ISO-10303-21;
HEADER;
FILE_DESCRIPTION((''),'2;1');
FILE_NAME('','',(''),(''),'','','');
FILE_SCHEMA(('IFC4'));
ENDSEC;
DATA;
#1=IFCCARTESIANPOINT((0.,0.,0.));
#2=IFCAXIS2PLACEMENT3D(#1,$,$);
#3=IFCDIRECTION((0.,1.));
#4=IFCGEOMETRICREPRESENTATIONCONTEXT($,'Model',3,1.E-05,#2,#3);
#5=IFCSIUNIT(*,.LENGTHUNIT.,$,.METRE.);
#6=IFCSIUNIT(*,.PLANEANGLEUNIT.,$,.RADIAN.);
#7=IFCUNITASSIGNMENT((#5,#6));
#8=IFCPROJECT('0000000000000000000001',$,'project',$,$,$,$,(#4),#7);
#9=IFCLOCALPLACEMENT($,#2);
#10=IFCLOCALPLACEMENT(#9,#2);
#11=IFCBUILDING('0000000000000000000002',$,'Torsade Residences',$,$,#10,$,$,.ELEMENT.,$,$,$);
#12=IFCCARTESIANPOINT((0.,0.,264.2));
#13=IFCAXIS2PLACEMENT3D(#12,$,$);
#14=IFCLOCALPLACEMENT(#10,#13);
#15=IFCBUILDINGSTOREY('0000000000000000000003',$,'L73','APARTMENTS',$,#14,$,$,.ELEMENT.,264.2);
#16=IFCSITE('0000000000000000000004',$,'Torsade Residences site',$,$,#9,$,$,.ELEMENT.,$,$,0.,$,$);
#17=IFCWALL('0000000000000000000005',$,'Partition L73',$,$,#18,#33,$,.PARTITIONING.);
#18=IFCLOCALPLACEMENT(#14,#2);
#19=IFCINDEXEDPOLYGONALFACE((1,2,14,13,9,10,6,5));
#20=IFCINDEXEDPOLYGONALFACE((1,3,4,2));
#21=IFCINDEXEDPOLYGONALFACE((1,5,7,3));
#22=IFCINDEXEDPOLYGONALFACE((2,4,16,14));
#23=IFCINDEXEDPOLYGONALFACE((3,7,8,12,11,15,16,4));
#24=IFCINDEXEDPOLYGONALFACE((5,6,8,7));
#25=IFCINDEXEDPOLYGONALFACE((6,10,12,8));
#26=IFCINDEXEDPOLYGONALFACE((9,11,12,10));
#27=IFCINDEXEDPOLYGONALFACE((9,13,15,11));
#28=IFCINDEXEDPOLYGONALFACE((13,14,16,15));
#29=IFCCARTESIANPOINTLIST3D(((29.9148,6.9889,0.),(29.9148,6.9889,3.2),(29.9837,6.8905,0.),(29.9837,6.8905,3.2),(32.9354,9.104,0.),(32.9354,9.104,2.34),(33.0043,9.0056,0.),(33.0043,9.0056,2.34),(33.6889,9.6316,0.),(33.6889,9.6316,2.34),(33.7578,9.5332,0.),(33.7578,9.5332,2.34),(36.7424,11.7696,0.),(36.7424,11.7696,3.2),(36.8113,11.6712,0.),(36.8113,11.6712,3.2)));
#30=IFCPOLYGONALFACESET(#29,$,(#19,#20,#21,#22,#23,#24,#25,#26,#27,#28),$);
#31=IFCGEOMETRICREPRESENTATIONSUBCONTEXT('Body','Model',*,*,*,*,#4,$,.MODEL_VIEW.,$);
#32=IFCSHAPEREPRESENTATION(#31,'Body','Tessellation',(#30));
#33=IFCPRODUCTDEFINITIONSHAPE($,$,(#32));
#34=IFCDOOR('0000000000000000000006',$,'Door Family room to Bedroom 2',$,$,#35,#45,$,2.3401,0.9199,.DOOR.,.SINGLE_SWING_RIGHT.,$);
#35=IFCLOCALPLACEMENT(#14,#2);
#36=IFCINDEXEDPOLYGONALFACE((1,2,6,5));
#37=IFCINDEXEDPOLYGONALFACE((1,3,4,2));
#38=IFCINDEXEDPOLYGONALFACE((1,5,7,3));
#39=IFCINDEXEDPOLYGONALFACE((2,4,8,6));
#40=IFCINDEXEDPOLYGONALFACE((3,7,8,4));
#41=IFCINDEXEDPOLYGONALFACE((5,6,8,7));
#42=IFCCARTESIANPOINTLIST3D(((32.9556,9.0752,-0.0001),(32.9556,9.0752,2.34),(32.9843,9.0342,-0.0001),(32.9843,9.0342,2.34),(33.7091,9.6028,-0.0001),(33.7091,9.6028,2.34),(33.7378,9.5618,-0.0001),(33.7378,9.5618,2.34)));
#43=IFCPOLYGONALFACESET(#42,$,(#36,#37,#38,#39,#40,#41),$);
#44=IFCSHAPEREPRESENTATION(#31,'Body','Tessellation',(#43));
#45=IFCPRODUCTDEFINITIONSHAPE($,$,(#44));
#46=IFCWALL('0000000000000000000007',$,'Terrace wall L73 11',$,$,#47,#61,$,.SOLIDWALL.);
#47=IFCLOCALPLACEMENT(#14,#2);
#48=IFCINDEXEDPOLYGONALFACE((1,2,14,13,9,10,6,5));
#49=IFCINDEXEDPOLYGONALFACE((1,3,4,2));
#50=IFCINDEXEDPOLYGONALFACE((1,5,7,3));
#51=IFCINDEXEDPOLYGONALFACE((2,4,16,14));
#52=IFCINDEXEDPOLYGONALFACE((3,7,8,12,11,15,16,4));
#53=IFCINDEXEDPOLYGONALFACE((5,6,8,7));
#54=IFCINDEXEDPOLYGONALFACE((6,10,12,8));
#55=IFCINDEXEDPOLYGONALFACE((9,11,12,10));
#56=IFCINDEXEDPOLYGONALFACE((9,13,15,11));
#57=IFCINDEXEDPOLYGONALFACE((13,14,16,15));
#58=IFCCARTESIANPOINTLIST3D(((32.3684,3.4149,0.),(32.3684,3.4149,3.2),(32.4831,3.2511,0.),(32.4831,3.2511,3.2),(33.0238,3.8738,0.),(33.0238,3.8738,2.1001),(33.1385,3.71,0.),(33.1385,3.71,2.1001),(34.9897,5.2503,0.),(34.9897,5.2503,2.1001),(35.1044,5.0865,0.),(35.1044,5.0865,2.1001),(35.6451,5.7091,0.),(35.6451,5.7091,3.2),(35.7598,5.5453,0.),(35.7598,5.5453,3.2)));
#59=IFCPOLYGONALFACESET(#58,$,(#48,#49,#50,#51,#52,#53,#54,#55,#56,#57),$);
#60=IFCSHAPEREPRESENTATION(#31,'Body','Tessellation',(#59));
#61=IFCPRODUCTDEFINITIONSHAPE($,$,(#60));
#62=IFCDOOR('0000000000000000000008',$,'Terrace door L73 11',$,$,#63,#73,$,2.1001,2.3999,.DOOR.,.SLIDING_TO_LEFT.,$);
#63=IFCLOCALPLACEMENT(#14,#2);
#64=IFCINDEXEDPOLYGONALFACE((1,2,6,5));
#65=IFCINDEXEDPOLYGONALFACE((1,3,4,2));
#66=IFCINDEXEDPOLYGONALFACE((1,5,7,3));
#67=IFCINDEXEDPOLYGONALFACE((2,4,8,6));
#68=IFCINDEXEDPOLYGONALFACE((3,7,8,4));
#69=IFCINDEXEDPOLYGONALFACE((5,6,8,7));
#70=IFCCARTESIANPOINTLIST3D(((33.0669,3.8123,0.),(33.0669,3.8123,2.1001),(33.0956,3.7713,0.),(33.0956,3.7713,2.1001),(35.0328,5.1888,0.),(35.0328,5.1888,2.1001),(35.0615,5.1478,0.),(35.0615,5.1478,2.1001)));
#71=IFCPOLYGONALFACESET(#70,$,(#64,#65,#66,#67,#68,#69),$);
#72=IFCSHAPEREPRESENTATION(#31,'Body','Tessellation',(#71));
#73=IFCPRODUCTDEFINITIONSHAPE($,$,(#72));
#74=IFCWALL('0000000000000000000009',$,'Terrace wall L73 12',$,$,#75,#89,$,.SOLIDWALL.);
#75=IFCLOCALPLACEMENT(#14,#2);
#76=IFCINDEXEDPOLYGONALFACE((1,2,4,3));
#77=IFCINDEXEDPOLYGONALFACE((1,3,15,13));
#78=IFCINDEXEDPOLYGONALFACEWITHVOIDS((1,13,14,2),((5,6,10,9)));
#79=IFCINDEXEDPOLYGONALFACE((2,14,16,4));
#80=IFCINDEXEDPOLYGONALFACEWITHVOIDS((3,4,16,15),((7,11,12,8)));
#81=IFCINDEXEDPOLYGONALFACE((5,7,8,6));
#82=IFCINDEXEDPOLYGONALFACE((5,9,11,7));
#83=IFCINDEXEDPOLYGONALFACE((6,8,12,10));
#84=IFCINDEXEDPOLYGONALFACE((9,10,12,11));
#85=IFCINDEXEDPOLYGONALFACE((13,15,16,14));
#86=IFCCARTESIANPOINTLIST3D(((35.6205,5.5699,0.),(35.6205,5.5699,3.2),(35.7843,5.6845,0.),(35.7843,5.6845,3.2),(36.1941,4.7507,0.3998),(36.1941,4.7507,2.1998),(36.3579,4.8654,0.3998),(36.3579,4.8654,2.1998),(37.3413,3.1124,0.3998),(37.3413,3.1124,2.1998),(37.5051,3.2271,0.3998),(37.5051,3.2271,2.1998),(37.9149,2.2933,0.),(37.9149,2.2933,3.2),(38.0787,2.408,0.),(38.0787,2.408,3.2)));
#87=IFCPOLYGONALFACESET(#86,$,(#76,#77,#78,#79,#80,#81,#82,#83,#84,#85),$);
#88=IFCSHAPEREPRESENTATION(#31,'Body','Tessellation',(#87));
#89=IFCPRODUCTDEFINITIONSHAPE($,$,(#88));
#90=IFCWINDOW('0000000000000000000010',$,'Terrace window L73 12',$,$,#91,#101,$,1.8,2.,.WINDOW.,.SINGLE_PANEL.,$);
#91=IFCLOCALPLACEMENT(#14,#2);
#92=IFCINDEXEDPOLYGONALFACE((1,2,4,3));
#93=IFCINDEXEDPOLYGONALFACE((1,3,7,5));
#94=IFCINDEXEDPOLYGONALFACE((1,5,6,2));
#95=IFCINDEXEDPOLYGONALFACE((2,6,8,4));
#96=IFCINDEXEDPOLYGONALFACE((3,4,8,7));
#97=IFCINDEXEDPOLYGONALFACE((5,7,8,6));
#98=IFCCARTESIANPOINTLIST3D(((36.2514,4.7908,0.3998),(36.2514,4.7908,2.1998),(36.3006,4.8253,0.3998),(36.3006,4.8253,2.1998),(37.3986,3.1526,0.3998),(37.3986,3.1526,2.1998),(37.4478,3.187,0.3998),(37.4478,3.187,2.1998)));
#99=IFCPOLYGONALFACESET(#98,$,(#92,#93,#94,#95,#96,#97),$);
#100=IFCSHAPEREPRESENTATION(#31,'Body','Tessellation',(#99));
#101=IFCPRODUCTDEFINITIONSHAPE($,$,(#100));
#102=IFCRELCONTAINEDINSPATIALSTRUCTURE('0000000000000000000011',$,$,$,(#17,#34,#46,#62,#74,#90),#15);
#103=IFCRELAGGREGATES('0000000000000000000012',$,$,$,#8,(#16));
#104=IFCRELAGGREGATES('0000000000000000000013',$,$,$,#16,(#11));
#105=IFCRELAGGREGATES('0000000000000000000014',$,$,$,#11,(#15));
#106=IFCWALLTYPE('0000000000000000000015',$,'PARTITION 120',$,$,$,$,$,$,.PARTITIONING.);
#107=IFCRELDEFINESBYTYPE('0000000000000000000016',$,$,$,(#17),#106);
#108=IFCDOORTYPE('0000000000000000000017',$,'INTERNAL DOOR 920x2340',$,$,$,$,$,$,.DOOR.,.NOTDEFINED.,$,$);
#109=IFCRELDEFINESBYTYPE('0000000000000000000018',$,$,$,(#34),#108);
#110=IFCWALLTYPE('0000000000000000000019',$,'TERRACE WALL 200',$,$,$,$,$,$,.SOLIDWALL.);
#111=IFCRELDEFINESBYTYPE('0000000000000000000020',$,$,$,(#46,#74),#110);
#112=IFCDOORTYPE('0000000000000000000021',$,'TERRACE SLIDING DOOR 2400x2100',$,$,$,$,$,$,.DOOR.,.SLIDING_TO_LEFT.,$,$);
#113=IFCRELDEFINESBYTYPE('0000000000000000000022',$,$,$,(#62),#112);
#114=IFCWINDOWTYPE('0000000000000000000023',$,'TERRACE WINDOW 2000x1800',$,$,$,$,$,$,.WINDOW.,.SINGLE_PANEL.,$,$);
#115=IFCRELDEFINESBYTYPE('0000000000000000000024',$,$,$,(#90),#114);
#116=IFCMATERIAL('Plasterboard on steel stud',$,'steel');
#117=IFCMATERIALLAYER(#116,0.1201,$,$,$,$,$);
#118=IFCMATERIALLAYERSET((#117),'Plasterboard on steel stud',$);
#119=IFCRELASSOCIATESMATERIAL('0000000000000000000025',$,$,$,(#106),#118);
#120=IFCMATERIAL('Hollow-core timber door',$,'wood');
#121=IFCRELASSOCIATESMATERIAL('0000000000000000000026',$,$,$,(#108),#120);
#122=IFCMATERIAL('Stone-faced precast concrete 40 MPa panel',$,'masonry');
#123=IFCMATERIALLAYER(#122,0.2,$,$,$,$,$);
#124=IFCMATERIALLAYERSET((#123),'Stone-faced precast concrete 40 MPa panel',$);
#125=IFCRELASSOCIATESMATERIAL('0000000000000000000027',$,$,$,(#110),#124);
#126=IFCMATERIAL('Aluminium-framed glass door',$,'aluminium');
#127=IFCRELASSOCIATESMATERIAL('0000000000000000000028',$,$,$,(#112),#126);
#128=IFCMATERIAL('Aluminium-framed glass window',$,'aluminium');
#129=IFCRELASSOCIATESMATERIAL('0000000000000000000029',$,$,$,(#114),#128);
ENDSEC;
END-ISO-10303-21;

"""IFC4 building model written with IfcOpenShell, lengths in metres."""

from ifc_helpers import new_model, si_unit, direction, frame, frame_2d, origin, place, context, subcontext, project, spatial, rectangle, extrude, material, layer, layer_set, type_object, element, fill, save


model = new_model("IFC4")

# Units and contexts
model_context = context("Model", 3, precision=1e-05, world=origin(), true_north=direction((0.0, 1.0)))
body_context = subcontext(model_context, "Body", "Model", "MODEL_VIEW")
ifc_project = project(units=[si_unit("LENGTHUNIT", "METRE"), si_unit("PLANEANGLEUNIT", "RADIAN")], contexts=[model_context])

# Site, building, storey
site_placement = place(None, origin())
site = spatial("IfcSite", under=ifc_project, at=site_placement, Name="Torsade Residences site", CompositionType="ELEMENT", RefElevation=0.0)
building_placement = place(site_placement, origin())
building = spatial("IfcBuilding", under=site, at=building_placement, Name="Torsade Residences", CompositionType="ELEMENT")
storey_placement = place(building_placement, frame((0.0, 0.0, 264.2)))
storey = spatial("IfcBuildingStorey", under=building, at=storey_placement, Name="L73", Description="APARTMENTS", CompositionType="ELEMENT", Elevation=264.2)

# Shared definitions
ifc_material_1 = material(Name="Plasterboard on steel stud", Category="steel")
ifc_layer_1 = layer(ifc_material_1, 0.1201)
ifc_layer_set_1 = layer_set([ifc_layer_1], Name="Plasterboard on steel stud")
wall_type_1 = type_object("IfcWallType", Name="PARTITION 120", PredefinedType="PARTITIONING", material=ifc_layer_set_1)

# Walls, openings, doors
wall_1_placement = place(storey_placement, frame((29.9492, 6.9397, 0.0), z_axis=(0.0, 0.0, 1.0), x_axis=(0.819152, 0.573576, 0.0)))
wall_1 = element("IfcWall", 1, at=wall_1_placement, inside=storey, type_object=wall_type_1, Name="Partition L73", PredefinedType="PARTITIONING", context=body_context, shape_type="SweptSolid", body=[
    extrude(rectangle(XDim=8.335, YDim=0.1201, at=frame_2d((4.1675, 0.0))), origin(), (0.0, 0.0, 1.0), 3.2),
])
opening_1_placement = place(wall_1_placement, frame((3.6875, 0.0, 0.0)))
opening_1 = element("IfcOpeningElement", 2, at=opening_1_placement, cuts=wall_1, PredefinedType="OPENING", context=body_context, shape_type="SweptSolid", body=[
    extrude(rectangle(XDim=0.9199, YDim=2.3401, at=frame_2d((0.46, 1.1699))), frame((0.0, 0.0701, 0.0), z_axis=(0.0, -1.0, 0.0), x_axis=(1.0, 0.0, 0.0)), (0.0, 0.0, 1.0), 0.1401),
])
ifc_material_2 = material(Name="Hollow-core timber door", Category="wood")
door_type_1 = type_object("IfcDoorType", Name="INTERNAL DOOR 920x2340", OperationType="NOTDEFINED", PredefinedType="DOOR", material=ifc_material_2)
door_1_placement = place(opening_1_placement, origin())
door_1 = element("IfcDoor", 3, at=door_1_placement, inside=storey, type_object=door_type_1, Name="Door Family room to Bedroom 2", OperationType="SINGLE_SWING_RIGHT", OverallHeight=2.3401, OverallWidth=0.9199, PredefinedType="DOOR", context=body_context, shape_type="SweptSolid", body=[
    extrude(rectangle(XDim=0.9199, YDim=2.3401, at=frame_2d((0.46, 1.1699))), frame((0.0, 0.0249, 0.0), z_axis=(0.0, -1.0, 0.0), x_axis=(1.0, 0.0, 0.0)), (0.0, 0.0, 1.0), 0.05),
])
fill(opening_1, door_1)
ifc_material_3 = material(Name="Stone-faced precast concrete 40 MPa panel", Category="masonry")
ifc_layer_2 = layer(ifc_material_3, 0.2)
ifc_layer_set_2 = layer_set([ifc_layer_2], Name="Stone-faced precast concrete 40 MPa panel")
wall_type_2 = type_object("IfcWallType", Name="TERRACE WALL 200", PredefinedType="SOLIDWALL", material=ifc_layer_set_2)
wall_2_placement = place(storey_placement, frame((32.4258, 3.333, 0.0), z_axis=(0.0, 0.0, 1.0), x_axis=(0.819166, 0.573557, 0.0)))
wall_2 = element("IfcWall", 4, at=wall_2_placement, inside=storey, type_object=wall_type_2, Name="Terrace wall L73 11", PredefinedType="SOLIDWALL", context=body_context, shape_type="SweptSolid", body=[
    extrude(rectangle(XDim=4.0, YDim=0.2, at=frame_2d((2.0, 0.0))), origin(), (0.0, 0.0, 1.0), 3.2),
])
opening_2_placement = place(wall_2_placement, frame((0.8, 0.0, 0.0)))
opening_2 = element("IfcOpeningElement", 5, at=opening_2_placement, cuts=wall_2, PredefinedType="OPENING", context=body_context, shape_type="SweptSolid", body=[
    extrude(rectangle(XDim=2.3999, YDim=2.1001, at=frame_2d((1.2, 1.05))), frame((0.0, 0.1099, 0.0), z_axis=(0.0, -1.0, 0.0), x_axis=(1.0, 0.0, 0.0)), (0.0, 0.0, 1.0), 0.22),
])
ifc_material_4 = material(Name="Aluminium-framed glass door", Category="aluminium")
door_type_2 = type_object("IfcDoorType", Name="TERRACE SLIDING DOOR 2400x2100", OperationType="SLIDING_TO_LEFT", PredefinedType="DOOR", material=ifc_material_4)
door_2_placement = place(opening_2_placement, origin())
door_2 = element("IfcDoor", 6, at=door_2_placement, inside=storey, type_object=door_type_2, Name="Terrace door L73 11", OperationType="SLIDING_TO_LEFT", OverallHeight=2.1001, OverallWidth=2.3999, PredefinedType="DOOR", context=body_context, shape_type="SweptSolid", body=[
    extrude(rectangle(XDim=2.3999, YDim=2.1001, at=frame_2d((1.2, 1.05))), frame((0.0, 0.0249, 0.0), z_axis=(0.0, -1.0, 0.0), x_axis=(1.0, 0.0, 0.0)), (0.0, 0.0, 1.0), 0.05),
])
fill(opening_2, door_2)

# Wall, opening, window
wall_3_placement = place(storey_placement, frame((35.7024, 5.6272, 0.0), z_axis=(0.0, 0.0, 1.0), x_axis=(0.573598, -0.819137, 0.0)))
wall_3 = element("IfcWall", 7, at=wall_3_placement, inside=storey, type_object=wall_type_2, Name="Terrace wall L73 12", PredefinedType="SOLIDWALL", context=body_context, shape_type="SweptSolid", body=[
    extrude(rectangle(XDim=4.0, YDim=0.2, at=frame_2d((2.0, 0.0))), origin(), (0.0, 0.0, 1.0), 3.2),
])
opening_3_placement = place(wall_3_placement, frame((1.0, 0.0, 0.3999)))
opening_3 = element("IfcOpeningElement", 8, at=opening_3_placement, cuts=wall_3, PredefinedType="OPENING", context=body_context, shape_type="SweptSolid", body=[
    extrude(rectangle(XDim=2.0, YDim=1.8, at=frame_2d((1.0, 0.8999))), frame((0.0, 0.1099, 0.0), z_axis=(0.0, -1.0, 0.0), x_axis=(1.0, 0.0, 0.0)), (0.0, 0.0, 1.0), 0.22),
])
ifc_material_5 = material(Name="Aluminium-framed glass window", Category="aluminium")
window_type = type_object("IfcWindowType", Name="TERRACE WINDOW 2000x1800", PartitioningType="SINGLE_PANEL", PredefinedType="WINDOW", material=ifc_material_5)
window_placement = place(opening_3_placement, origin())
window = element("IfcWindow", 9, at=window_placement, inside=storey, type_object=window_type, Name="Terrace window L73 12", OverallHeight=1.8, OverallWidth=2.0, PartitioningType="SINGLE_PANEL", PredefinedType="WINDOW", context=body_context, shape_type="SweptSolid", body=[
    extrude(rectangle(XDim=2.0, YDim=1.8, at=frame_2d((1.0, 0.8999))), frame((0.0, 0.03, 0.0), z_axis=(0.0, -1.0, 0.0), x_axis=(1.0, 0.0, 0.0)), (0.0, 0.0, 1.0), 0.0601),
])
fill(opening_3, window)

save(model, "model.ifc")
